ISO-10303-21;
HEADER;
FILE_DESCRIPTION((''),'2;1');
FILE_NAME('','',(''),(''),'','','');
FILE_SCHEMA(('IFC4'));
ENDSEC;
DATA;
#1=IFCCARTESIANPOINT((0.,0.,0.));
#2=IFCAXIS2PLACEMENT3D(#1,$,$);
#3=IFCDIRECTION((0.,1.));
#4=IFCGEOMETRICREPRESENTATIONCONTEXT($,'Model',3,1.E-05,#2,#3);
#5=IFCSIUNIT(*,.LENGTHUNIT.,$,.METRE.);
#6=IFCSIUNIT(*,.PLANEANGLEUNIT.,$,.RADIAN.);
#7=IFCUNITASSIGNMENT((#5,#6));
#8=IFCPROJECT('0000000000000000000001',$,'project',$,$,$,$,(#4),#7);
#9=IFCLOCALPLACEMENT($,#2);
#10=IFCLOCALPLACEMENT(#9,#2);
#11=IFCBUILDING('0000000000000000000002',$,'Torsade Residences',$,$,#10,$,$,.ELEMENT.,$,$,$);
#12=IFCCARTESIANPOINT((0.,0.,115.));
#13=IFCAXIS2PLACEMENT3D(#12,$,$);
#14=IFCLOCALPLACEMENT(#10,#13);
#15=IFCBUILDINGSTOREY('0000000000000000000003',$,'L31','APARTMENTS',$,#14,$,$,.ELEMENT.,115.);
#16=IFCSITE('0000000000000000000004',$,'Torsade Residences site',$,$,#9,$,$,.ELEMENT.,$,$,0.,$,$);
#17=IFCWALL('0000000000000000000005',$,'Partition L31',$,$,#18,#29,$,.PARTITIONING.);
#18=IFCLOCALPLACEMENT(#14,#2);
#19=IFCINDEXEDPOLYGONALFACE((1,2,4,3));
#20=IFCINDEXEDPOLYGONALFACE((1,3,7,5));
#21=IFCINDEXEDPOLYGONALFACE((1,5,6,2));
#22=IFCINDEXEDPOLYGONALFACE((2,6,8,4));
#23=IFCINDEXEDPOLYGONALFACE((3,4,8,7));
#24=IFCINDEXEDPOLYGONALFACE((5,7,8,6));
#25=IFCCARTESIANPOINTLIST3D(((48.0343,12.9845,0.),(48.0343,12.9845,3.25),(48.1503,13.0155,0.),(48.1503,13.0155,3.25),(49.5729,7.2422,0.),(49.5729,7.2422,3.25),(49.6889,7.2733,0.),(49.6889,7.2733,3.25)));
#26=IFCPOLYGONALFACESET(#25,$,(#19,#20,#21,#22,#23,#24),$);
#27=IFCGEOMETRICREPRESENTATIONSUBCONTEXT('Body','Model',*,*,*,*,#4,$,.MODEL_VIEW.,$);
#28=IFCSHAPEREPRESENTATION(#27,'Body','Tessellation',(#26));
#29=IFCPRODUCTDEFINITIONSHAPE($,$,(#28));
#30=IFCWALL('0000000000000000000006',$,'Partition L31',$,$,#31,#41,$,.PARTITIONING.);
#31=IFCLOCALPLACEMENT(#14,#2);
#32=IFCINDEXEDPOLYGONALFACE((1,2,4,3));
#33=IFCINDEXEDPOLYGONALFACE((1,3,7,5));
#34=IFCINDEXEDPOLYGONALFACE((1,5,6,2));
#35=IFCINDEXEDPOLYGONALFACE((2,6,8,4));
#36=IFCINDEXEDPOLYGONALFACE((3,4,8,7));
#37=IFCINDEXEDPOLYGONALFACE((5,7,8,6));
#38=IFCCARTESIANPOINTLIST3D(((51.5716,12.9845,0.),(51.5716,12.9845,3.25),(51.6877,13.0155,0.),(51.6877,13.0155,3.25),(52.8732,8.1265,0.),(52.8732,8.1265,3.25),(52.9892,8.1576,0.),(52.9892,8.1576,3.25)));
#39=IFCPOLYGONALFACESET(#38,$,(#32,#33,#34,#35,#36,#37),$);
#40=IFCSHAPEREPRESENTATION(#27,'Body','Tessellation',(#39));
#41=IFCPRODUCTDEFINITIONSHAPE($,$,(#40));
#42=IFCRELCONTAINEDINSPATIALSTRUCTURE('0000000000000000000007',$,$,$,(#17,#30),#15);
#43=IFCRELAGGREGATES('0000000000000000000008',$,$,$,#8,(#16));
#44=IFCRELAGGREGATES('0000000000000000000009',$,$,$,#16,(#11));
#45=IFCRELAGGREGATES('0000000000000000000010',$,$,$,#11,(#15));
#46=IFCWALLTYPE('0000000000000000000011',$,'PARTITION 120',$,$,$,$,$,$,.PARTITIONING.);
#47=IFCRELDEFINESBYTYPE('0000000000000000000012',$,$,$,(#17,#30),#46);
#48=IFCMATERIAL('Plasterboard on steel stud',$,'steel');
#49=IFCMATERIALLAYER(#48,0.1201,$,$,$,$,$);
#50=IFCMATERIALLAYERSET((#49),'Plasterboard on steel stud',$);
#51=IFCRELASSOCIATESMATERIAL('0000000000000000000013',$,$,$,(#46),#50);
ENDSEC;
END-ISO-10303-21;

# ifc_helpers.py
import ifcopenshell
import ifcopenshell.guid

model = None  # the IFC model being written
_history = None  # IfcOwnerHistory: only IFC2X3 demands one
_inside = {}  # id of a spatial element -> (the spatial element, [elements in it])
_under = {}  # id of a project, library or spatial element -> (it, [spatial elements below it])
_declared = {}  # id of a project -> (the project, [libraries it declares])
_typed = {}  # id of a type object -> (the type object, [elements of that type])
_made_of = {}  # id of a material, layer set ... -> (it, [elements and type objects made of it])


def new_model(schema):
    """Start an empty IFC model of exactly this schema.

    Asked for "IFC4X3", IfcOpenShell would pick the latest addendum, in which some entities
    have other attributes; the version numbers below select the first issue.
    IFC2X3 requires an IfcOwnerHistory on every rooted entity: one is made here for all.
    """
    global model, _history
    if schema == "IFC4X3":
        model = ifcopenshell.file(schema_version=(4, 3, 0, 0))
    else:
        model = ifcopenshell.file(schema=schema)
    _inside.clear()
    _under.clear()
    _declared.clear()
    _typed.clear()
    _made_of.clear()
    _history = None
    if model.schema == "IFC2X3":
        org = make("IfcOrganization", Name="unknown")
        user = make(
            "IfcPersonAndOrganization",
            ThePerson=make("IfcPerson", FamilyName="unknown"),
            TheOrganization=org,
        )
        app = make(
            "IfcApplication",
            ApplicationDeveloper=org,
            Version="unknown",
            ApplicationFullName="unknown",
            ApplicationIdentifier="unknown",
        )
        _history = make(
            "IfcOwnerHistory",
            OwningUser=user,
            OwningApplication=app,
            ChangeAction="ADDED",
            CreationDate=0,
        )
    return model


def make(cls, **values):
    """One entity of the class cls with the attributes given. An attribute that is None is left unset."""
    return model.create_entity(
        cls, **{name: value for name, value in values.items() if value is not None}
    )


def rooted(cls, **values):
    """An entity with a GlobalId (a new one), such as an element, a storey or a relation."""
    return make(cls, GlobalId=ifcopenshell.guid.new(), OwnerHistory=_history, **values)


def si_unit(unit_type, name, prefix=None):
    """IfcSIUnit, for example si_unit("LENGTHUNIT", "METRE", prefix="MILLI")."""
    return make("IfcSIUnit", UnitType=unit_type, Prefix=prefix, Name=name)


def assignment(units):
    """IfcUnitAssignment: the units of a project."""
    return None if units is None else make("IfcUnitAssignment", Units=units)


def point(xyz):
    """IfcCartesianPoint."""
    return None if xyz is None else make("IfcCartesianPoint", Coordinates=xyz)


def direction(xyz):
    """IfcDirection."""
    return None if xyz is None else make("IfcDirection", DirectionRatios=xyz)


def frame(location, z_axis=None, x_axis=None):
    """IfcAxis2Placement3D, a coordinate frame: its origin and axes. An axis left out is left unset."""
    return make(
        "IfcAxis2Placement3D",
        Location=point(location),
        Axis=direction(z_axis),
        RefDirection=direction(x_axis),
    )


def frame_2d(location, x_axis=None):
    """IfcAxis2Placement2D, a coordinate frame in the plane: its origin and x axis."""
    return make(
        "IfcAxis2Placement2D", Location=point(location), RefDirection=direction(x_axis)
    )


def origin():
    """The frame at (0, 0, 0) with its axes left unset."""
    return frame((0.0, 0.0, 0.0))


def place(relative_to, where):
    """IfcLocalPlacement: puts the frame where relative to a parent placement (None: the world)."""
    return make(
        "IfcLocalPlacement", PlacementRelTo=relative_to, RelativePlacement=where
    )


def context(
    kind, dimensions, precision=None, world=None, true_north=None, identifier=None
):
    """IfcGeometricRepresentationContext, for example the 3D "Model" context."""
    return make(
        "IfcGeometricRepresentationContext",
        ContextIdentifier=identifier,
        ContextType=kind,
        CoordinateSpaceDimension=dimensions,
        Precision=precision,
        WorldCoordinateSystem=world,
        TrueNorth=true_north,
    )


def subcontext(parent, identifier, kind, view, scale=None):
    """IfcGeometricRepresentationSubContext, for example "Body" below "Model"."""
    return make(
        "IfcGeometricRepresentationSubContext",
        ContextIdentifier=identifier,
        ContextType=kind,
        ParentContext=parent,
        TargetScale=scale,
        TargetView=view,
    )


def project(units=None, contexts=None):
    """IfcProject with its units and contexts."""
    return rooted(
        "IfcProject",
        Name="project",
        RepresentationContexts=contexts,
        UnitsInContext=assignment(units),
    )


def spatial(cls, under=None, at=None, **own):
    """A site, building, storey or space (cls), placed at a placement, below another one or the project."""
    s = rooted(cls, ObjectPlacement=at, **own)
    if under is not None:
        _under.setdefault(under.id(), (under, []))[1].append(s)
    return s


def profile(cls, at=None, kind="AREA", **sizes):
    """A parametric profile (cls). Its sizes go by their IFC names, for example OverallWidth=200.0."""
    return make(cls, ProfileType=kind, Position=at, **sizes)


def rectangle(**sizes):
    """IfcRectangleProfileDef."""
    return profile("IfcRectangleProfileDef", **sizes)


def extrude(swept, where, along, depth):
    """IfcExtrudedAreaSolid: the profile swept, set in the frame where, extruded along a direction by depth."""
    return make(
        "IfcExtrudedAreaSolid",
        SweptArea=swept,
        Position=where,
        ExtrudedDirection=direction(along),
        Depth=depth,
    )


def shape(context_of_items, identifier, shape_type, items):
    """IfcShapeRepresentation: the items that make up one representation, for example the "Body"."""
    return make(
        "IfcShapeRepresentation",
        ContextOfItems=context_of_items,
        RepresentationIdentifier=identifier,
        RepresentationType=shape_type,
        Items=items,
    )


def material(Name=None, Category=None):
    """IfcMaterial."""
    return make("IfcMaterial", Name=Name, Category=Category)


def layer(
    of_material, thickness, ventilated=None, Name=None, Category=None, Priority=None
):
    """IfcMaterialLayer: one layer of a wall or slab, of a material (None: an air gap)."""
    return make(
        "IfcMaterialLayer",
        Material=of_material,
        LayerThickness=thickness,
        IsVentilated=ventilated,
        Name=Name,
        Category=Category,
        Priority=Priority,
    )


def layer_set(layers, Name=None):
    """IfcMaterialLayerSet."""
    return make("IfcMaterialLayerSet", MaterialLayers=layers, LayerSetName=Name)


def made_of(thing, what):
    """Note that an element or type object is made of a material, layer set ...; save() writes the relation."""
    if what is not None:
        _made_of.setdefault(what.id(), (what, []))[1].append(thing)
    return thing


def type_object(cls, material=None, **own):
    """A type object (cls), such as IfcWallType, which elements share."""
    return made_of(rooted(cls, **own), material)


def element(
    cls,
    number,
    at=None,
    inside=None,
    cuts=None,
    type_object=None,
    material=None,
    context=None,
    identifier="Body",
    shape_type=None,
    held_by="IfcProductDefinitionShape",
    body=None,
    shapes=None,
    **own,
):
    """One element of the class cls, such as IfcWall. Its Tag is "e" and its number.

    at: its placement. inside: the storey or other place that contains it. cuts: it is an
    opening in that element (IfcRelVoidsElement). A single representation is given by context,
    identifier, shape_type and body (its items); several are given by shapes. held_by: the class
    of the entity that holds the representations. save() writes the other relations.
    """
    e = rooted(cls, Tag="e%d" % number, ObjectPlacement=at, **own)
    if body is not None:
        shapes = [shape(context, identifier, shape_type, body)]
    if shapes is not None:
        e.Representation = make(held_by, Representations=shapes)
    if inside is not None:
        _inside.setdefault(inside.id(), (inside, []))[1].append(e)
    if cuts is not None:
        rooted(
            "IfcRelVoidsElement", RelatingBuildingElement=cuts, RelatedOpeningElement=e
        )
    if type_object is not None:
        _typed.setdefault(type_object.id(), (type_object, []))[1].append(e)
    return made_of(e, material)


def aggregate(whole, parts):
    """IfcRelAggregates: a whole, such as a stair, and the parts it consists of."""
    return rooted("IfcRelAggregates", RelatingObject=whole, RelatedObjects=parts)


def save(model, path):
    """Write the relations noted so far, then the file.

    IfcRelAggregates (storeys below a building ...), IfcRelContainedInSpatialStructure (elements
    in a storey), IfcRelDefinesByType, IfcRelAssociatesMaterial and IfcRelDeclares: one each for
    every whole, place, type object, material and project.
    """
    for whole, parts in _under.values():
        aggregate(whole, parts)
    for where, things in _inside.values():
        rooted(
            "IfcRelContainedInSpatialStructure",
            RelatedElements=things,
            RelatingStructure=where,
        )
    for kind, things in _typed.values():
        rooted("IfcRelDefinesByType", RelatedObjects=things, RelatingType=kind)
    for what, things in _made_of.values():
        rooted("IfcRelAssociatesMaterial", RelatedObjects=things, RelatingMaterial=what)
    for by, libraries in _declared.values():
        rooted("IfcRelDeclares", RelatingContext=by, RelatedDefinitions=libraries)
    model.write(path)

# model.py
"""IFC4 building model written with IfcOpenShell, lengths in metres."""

from ifc_helpers import new_model, si_unit, direction, frame, frame_2d, origin, place, context, subcontext, project, spatial, rectangle, extrude, material, layer, layer_set, type_object, element, save


model = new_model("IFC4")

# Units and contexts
model_context = context("Model", 3, precision=1e-05, world=origin(), true_north=direction((0.0, 1.0)))
body_context = subcontext(model_context, "Body", "Model", "MODEL_VIEW")
ifc_project = project(units=[si_unit("LENGTHUNIT", "METRE"), si_unit("PLANEANGLEUNIT", "RADIAN")], contexts=[model_context])

# Site, building, storey
site_placement = place(None, origin())
site = spatial("IfcSite", under=ifc_project, at=site_placement, Name="Torsade Residences site", CompositionType="ELEMENT", RefElevation=0.0)
building_placement = place(site_placement, origin())
building = spatial("IfcBuilding", under=site, at=building_placement, Name="Torsade Residences", CompositionType="ELEMENT")
storey_placement = place(building_placement, frame((0.0, 0.0, 115.0)))
storey = spatial("IfcBuildingStorey", under=building, at=storey_placement, Name="L31", Description="APARTMENTS", CompositionType="ELEMENT", Elevation=115.0)

# Shared definitions
ifc_material_1 = material(Name="Plasterboard on steel stud", Category="steel")
ifc_layer_1 = layer(ifc_material_1, 0.1201)
ifc_layer_set_1 = layer_set([ifc_layer_1], Name="Plasterboard on steel stud")
wall_type = type_object("IfcWallType", Name="PARTITION 120", PredefinedType="PARTITIONING", material=ifc_layer_set_1)

# Walls
wall_1_placement = place(storey_placement, frame((48.0923, 13.0, 0.0), z_axis=(0.0, 0.0, 1.0), x_axis=(0.258813, -0.965928, 0.0)))
element("IfcWall", 1, at=wall_1_placement, inside=storey, type_object=wall_type, Name="Partition L31", PredefinedType="PARTITIONING", context=body_context, shape_type="SweptSolid", body=[
    extrude(rectangle(XDim=5.9448, YDim=0.1201, at=frame_2d((2.9724, 0.0))), origin(), (0.0, 0.0, 1.0), 3.25),
])
wall_2_placement = place(storey_placement, frame((51.6296, 13.0, 0.0), z_axis=(0.0, 0.0, 1.0), x_axis=(0.258789, -0.965934, 0.0)))
element("IfcWall", 2, at=wall_2_placement, inside=storey, type_object=wall_type, Name="Partition L31", PredefinedType="PARTITIONING", context=body_context, shape_type="SweptSolid", body=[
    extrude(rectangle(XDim=5.0293, YDim=0.1201, at=frame_2d((2.5146, 0.0))), origin(), (0.0, 0.0, 1.0), 3.25),
])

save(model, "model.ifc")
